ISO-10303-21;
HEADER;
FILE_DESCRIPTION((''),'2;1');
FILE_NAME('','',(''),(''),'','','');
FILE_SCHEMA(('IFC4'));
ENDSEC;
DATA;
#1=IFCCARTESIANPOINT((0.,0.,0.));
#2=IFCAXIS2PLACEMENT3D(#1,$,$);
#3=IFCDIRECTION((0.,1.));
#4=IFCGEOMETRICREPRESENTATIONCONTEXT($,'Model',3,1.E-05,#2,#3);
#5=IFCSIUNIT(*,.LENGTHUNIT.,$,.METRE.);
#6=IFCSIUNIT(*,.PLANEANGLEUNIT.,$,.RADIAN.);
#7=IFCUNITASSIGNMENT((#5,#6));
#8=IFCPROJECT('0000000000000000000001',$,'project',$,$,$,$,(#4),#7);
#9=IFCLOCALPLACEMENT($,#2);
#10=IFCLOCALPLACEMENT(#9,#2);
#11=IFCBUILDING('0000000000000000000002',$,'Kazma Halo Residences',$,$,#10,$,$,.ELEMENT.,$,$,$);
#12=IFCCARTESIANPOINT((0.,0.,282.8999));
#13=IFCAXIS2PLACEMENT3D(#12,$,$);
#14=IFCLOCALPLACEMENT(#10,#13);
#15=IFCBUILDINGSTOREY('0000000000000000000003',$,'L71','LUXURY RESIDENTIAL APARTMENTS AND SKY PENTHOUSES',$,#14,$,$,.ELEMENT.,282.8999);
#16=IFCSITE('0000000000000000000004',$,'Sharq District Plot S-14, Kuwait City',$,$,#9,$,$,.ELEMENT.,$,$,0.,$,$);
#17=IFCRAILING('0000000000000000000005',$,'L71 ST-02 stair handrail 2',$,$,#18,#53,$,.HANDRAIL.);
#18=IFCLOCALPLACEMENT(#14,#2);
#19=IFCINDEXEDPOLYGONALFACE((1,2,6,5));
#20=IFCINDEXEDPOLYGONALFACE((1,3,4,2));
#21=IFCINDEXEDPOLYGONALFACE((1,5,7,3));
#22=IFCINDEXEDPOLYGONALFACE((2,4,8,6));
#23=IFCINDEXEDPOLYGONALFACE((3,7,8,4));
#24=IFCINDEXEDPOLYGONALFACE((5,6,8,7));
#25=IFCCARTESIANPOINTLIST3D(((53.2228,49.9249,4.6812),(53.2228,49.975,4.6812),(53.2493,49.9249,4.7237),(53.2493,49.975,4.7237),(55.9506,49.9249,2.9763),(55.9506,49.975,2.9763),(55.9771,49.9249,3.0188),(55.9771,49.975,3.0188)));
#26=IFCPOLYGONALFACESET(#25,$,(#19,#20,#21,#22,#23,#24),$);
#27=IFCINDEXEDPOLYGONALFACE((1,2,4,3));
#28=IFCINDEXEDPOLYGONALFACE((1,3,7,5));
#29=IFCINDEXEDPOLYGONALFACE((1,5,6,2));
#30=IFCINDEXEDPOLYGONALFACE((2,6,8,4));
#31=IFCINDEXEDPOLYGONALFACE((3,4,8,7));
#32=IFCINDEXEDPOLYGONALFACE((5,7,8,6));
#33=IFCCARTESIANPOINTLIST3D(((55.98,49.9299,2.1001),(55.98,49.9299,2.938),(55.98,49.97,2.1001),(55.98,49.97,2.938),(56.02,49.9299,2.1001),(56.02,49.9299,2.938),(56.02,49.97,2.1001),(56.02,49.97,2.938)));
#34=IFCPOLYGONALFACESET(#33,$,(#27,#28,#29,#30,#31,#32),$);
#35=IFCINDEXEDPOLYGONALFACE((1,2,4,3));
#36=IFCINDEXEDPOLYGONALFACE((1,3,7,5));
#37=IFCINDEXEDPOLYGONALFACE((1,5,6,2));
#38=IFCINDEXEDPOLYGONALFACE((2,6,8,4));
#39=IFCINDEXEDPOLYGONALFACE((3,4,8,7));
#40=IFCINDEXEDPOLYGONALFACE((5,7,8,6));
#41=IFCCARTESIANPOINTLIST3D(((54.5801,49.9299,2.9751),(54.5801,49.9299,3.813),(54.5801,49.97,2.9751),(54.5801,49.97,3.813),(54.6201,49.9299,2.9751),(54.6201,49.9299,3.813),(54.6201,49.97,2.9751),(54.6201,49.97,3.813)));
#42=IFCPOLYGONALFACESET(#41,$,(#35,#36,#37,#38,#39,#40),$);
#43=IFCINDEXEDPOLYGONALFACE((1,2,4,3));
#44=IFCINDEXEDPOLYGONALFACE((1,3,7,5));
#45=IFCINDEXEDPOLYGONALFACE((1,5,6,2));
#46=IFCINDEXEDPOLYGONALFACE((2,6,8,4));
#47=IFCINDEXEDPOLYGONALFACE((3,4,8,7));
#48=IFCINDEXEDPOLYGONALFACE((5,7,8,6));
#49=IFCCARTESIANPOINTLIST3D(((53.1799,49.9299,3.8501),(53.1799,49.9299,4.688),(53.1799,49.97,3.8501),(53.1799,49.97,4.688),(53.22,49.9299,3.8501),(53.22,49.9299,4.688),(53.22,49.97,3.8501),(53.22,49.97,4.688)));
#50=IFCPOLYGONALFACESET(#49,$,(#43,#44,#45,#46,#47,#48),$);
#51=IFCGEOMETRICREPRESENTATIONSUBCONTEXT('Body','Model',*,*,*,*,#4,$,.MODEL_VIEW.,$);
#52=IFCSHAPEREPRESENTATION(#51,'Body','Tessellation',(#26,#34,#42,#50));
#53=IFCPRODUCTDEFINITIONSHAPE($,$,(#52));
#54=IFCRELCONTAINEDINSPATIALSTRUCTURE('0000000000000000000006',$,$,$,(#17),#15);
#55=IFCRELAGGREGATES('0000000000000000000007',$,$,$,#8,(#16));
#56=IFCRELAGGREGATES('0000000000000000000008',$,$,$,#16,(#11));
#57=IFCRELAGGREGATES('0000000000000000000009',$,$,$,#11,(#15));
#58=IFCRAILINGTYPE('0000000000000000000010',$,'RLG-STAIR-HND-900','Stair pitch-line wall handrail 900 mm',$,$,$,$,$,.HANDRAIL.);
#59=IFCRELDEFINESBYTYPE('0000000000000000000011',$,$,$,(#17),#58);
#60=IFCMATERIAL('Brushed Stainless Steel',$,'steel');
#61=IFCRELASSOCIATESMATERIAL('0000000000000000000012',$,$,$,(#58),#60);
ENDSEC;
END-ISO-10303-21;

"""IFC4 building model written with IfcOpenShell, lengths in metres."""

from ifc_helpers import new_model, si_unit, direction, frame, origin, origin_2d, place, context, subcontext, project, spatial, rectangle, extrude, material, type_object, element, save


model = new_model("IFC4")

# Units and contexts
model_context = context("Model", 3, precision=1e-05, world=origin(), true_north=direction((0.0, 1.0)))
body_context = subcontext(model_context, "Body", "Model", "MODEL_VIEW")
ifc_project = project(units=[si_unit("LENGTHUNIT", "METRE"), si_unit("PLANEANGLEUNIT", "RADIAN")], contexts=[model_context])

# Site, building, storey
site_placement = place(None, origin())
site = spatial("IfcSite", under=ifc_project, at=site_placement, Name="Sharq District Plot S-14, Kuwait City", CompositionType="ELEMENT", RefElevation=0.0)
building_placement = place(site_placement, origin())
building = spatial("IfcBuilding", under=site, at=building_placement, Name="Kazma Halo Residences", CompositionType="ELEMENT")
storey_placement = place(building_placement, frame((0.0, 0.0, 282.8999)))
storey = spatial("IfcBuildingStorey", under=building, at=storey_placement, Name="L71", Description="LUXURY RESIDENTIAL APARTMENTS AND SKY PENTHOUSES", CompositionType="ELEMENT", Elevation=282.8999)

# Railing
ifc_material_1 = material(Name="Brushed Stainless Steel", Category="steel")
railing_type_1 = type_object("IfcRailingType", Name="RLG-STAIR-HND-900", Description="Stair pitch-line wall handrail 900 mm", PredefinedType="HANDRAIL", material=ifc_material_1)
railing_1_placement = place(storey_placement, frame((56.0, 49.95, 2.1001)))
element("IfcRailing", 1, at=railing_1_placement, inside=storey, type_object=railing_type_1, Name="L71 ST-02 stair handrail 2", PredefinedType="HANDRAIL", context=body_context, shape_type="SweptSolid", body=[
    extrude(rectangle(XDim=0.05, YDim=0.05, at=origin_2d()), frame((-0.0361, 0.0, 0.8975), z_axis=(-0.848002, 0.0, 0.529992), x_axis=(0.0, -1.0, 0.0)), (0.0, 0.0, 1.0), 3.2168),
    extrude(rectangle(XDim=0.04, YDim=0.04, at=origin_2d()), origin(), (0.0, 0.0, 1.0), 0.8379),
    extrude(rectangle(XDim=0.04, YDim=0.04, at=origin_2d()), frame((-1.3999, 0.0, 0.875)), (0.0, 0.0, 1.0), 0.8379),
    extrude(rectangle(XDim=0.04, YDim=0.04, at=origin_2d()), frame((-2.8, 0.0, 1.75)), (0.0, 0.0, 1.0), 0.8379),
])

save(model, "model.ifc")
